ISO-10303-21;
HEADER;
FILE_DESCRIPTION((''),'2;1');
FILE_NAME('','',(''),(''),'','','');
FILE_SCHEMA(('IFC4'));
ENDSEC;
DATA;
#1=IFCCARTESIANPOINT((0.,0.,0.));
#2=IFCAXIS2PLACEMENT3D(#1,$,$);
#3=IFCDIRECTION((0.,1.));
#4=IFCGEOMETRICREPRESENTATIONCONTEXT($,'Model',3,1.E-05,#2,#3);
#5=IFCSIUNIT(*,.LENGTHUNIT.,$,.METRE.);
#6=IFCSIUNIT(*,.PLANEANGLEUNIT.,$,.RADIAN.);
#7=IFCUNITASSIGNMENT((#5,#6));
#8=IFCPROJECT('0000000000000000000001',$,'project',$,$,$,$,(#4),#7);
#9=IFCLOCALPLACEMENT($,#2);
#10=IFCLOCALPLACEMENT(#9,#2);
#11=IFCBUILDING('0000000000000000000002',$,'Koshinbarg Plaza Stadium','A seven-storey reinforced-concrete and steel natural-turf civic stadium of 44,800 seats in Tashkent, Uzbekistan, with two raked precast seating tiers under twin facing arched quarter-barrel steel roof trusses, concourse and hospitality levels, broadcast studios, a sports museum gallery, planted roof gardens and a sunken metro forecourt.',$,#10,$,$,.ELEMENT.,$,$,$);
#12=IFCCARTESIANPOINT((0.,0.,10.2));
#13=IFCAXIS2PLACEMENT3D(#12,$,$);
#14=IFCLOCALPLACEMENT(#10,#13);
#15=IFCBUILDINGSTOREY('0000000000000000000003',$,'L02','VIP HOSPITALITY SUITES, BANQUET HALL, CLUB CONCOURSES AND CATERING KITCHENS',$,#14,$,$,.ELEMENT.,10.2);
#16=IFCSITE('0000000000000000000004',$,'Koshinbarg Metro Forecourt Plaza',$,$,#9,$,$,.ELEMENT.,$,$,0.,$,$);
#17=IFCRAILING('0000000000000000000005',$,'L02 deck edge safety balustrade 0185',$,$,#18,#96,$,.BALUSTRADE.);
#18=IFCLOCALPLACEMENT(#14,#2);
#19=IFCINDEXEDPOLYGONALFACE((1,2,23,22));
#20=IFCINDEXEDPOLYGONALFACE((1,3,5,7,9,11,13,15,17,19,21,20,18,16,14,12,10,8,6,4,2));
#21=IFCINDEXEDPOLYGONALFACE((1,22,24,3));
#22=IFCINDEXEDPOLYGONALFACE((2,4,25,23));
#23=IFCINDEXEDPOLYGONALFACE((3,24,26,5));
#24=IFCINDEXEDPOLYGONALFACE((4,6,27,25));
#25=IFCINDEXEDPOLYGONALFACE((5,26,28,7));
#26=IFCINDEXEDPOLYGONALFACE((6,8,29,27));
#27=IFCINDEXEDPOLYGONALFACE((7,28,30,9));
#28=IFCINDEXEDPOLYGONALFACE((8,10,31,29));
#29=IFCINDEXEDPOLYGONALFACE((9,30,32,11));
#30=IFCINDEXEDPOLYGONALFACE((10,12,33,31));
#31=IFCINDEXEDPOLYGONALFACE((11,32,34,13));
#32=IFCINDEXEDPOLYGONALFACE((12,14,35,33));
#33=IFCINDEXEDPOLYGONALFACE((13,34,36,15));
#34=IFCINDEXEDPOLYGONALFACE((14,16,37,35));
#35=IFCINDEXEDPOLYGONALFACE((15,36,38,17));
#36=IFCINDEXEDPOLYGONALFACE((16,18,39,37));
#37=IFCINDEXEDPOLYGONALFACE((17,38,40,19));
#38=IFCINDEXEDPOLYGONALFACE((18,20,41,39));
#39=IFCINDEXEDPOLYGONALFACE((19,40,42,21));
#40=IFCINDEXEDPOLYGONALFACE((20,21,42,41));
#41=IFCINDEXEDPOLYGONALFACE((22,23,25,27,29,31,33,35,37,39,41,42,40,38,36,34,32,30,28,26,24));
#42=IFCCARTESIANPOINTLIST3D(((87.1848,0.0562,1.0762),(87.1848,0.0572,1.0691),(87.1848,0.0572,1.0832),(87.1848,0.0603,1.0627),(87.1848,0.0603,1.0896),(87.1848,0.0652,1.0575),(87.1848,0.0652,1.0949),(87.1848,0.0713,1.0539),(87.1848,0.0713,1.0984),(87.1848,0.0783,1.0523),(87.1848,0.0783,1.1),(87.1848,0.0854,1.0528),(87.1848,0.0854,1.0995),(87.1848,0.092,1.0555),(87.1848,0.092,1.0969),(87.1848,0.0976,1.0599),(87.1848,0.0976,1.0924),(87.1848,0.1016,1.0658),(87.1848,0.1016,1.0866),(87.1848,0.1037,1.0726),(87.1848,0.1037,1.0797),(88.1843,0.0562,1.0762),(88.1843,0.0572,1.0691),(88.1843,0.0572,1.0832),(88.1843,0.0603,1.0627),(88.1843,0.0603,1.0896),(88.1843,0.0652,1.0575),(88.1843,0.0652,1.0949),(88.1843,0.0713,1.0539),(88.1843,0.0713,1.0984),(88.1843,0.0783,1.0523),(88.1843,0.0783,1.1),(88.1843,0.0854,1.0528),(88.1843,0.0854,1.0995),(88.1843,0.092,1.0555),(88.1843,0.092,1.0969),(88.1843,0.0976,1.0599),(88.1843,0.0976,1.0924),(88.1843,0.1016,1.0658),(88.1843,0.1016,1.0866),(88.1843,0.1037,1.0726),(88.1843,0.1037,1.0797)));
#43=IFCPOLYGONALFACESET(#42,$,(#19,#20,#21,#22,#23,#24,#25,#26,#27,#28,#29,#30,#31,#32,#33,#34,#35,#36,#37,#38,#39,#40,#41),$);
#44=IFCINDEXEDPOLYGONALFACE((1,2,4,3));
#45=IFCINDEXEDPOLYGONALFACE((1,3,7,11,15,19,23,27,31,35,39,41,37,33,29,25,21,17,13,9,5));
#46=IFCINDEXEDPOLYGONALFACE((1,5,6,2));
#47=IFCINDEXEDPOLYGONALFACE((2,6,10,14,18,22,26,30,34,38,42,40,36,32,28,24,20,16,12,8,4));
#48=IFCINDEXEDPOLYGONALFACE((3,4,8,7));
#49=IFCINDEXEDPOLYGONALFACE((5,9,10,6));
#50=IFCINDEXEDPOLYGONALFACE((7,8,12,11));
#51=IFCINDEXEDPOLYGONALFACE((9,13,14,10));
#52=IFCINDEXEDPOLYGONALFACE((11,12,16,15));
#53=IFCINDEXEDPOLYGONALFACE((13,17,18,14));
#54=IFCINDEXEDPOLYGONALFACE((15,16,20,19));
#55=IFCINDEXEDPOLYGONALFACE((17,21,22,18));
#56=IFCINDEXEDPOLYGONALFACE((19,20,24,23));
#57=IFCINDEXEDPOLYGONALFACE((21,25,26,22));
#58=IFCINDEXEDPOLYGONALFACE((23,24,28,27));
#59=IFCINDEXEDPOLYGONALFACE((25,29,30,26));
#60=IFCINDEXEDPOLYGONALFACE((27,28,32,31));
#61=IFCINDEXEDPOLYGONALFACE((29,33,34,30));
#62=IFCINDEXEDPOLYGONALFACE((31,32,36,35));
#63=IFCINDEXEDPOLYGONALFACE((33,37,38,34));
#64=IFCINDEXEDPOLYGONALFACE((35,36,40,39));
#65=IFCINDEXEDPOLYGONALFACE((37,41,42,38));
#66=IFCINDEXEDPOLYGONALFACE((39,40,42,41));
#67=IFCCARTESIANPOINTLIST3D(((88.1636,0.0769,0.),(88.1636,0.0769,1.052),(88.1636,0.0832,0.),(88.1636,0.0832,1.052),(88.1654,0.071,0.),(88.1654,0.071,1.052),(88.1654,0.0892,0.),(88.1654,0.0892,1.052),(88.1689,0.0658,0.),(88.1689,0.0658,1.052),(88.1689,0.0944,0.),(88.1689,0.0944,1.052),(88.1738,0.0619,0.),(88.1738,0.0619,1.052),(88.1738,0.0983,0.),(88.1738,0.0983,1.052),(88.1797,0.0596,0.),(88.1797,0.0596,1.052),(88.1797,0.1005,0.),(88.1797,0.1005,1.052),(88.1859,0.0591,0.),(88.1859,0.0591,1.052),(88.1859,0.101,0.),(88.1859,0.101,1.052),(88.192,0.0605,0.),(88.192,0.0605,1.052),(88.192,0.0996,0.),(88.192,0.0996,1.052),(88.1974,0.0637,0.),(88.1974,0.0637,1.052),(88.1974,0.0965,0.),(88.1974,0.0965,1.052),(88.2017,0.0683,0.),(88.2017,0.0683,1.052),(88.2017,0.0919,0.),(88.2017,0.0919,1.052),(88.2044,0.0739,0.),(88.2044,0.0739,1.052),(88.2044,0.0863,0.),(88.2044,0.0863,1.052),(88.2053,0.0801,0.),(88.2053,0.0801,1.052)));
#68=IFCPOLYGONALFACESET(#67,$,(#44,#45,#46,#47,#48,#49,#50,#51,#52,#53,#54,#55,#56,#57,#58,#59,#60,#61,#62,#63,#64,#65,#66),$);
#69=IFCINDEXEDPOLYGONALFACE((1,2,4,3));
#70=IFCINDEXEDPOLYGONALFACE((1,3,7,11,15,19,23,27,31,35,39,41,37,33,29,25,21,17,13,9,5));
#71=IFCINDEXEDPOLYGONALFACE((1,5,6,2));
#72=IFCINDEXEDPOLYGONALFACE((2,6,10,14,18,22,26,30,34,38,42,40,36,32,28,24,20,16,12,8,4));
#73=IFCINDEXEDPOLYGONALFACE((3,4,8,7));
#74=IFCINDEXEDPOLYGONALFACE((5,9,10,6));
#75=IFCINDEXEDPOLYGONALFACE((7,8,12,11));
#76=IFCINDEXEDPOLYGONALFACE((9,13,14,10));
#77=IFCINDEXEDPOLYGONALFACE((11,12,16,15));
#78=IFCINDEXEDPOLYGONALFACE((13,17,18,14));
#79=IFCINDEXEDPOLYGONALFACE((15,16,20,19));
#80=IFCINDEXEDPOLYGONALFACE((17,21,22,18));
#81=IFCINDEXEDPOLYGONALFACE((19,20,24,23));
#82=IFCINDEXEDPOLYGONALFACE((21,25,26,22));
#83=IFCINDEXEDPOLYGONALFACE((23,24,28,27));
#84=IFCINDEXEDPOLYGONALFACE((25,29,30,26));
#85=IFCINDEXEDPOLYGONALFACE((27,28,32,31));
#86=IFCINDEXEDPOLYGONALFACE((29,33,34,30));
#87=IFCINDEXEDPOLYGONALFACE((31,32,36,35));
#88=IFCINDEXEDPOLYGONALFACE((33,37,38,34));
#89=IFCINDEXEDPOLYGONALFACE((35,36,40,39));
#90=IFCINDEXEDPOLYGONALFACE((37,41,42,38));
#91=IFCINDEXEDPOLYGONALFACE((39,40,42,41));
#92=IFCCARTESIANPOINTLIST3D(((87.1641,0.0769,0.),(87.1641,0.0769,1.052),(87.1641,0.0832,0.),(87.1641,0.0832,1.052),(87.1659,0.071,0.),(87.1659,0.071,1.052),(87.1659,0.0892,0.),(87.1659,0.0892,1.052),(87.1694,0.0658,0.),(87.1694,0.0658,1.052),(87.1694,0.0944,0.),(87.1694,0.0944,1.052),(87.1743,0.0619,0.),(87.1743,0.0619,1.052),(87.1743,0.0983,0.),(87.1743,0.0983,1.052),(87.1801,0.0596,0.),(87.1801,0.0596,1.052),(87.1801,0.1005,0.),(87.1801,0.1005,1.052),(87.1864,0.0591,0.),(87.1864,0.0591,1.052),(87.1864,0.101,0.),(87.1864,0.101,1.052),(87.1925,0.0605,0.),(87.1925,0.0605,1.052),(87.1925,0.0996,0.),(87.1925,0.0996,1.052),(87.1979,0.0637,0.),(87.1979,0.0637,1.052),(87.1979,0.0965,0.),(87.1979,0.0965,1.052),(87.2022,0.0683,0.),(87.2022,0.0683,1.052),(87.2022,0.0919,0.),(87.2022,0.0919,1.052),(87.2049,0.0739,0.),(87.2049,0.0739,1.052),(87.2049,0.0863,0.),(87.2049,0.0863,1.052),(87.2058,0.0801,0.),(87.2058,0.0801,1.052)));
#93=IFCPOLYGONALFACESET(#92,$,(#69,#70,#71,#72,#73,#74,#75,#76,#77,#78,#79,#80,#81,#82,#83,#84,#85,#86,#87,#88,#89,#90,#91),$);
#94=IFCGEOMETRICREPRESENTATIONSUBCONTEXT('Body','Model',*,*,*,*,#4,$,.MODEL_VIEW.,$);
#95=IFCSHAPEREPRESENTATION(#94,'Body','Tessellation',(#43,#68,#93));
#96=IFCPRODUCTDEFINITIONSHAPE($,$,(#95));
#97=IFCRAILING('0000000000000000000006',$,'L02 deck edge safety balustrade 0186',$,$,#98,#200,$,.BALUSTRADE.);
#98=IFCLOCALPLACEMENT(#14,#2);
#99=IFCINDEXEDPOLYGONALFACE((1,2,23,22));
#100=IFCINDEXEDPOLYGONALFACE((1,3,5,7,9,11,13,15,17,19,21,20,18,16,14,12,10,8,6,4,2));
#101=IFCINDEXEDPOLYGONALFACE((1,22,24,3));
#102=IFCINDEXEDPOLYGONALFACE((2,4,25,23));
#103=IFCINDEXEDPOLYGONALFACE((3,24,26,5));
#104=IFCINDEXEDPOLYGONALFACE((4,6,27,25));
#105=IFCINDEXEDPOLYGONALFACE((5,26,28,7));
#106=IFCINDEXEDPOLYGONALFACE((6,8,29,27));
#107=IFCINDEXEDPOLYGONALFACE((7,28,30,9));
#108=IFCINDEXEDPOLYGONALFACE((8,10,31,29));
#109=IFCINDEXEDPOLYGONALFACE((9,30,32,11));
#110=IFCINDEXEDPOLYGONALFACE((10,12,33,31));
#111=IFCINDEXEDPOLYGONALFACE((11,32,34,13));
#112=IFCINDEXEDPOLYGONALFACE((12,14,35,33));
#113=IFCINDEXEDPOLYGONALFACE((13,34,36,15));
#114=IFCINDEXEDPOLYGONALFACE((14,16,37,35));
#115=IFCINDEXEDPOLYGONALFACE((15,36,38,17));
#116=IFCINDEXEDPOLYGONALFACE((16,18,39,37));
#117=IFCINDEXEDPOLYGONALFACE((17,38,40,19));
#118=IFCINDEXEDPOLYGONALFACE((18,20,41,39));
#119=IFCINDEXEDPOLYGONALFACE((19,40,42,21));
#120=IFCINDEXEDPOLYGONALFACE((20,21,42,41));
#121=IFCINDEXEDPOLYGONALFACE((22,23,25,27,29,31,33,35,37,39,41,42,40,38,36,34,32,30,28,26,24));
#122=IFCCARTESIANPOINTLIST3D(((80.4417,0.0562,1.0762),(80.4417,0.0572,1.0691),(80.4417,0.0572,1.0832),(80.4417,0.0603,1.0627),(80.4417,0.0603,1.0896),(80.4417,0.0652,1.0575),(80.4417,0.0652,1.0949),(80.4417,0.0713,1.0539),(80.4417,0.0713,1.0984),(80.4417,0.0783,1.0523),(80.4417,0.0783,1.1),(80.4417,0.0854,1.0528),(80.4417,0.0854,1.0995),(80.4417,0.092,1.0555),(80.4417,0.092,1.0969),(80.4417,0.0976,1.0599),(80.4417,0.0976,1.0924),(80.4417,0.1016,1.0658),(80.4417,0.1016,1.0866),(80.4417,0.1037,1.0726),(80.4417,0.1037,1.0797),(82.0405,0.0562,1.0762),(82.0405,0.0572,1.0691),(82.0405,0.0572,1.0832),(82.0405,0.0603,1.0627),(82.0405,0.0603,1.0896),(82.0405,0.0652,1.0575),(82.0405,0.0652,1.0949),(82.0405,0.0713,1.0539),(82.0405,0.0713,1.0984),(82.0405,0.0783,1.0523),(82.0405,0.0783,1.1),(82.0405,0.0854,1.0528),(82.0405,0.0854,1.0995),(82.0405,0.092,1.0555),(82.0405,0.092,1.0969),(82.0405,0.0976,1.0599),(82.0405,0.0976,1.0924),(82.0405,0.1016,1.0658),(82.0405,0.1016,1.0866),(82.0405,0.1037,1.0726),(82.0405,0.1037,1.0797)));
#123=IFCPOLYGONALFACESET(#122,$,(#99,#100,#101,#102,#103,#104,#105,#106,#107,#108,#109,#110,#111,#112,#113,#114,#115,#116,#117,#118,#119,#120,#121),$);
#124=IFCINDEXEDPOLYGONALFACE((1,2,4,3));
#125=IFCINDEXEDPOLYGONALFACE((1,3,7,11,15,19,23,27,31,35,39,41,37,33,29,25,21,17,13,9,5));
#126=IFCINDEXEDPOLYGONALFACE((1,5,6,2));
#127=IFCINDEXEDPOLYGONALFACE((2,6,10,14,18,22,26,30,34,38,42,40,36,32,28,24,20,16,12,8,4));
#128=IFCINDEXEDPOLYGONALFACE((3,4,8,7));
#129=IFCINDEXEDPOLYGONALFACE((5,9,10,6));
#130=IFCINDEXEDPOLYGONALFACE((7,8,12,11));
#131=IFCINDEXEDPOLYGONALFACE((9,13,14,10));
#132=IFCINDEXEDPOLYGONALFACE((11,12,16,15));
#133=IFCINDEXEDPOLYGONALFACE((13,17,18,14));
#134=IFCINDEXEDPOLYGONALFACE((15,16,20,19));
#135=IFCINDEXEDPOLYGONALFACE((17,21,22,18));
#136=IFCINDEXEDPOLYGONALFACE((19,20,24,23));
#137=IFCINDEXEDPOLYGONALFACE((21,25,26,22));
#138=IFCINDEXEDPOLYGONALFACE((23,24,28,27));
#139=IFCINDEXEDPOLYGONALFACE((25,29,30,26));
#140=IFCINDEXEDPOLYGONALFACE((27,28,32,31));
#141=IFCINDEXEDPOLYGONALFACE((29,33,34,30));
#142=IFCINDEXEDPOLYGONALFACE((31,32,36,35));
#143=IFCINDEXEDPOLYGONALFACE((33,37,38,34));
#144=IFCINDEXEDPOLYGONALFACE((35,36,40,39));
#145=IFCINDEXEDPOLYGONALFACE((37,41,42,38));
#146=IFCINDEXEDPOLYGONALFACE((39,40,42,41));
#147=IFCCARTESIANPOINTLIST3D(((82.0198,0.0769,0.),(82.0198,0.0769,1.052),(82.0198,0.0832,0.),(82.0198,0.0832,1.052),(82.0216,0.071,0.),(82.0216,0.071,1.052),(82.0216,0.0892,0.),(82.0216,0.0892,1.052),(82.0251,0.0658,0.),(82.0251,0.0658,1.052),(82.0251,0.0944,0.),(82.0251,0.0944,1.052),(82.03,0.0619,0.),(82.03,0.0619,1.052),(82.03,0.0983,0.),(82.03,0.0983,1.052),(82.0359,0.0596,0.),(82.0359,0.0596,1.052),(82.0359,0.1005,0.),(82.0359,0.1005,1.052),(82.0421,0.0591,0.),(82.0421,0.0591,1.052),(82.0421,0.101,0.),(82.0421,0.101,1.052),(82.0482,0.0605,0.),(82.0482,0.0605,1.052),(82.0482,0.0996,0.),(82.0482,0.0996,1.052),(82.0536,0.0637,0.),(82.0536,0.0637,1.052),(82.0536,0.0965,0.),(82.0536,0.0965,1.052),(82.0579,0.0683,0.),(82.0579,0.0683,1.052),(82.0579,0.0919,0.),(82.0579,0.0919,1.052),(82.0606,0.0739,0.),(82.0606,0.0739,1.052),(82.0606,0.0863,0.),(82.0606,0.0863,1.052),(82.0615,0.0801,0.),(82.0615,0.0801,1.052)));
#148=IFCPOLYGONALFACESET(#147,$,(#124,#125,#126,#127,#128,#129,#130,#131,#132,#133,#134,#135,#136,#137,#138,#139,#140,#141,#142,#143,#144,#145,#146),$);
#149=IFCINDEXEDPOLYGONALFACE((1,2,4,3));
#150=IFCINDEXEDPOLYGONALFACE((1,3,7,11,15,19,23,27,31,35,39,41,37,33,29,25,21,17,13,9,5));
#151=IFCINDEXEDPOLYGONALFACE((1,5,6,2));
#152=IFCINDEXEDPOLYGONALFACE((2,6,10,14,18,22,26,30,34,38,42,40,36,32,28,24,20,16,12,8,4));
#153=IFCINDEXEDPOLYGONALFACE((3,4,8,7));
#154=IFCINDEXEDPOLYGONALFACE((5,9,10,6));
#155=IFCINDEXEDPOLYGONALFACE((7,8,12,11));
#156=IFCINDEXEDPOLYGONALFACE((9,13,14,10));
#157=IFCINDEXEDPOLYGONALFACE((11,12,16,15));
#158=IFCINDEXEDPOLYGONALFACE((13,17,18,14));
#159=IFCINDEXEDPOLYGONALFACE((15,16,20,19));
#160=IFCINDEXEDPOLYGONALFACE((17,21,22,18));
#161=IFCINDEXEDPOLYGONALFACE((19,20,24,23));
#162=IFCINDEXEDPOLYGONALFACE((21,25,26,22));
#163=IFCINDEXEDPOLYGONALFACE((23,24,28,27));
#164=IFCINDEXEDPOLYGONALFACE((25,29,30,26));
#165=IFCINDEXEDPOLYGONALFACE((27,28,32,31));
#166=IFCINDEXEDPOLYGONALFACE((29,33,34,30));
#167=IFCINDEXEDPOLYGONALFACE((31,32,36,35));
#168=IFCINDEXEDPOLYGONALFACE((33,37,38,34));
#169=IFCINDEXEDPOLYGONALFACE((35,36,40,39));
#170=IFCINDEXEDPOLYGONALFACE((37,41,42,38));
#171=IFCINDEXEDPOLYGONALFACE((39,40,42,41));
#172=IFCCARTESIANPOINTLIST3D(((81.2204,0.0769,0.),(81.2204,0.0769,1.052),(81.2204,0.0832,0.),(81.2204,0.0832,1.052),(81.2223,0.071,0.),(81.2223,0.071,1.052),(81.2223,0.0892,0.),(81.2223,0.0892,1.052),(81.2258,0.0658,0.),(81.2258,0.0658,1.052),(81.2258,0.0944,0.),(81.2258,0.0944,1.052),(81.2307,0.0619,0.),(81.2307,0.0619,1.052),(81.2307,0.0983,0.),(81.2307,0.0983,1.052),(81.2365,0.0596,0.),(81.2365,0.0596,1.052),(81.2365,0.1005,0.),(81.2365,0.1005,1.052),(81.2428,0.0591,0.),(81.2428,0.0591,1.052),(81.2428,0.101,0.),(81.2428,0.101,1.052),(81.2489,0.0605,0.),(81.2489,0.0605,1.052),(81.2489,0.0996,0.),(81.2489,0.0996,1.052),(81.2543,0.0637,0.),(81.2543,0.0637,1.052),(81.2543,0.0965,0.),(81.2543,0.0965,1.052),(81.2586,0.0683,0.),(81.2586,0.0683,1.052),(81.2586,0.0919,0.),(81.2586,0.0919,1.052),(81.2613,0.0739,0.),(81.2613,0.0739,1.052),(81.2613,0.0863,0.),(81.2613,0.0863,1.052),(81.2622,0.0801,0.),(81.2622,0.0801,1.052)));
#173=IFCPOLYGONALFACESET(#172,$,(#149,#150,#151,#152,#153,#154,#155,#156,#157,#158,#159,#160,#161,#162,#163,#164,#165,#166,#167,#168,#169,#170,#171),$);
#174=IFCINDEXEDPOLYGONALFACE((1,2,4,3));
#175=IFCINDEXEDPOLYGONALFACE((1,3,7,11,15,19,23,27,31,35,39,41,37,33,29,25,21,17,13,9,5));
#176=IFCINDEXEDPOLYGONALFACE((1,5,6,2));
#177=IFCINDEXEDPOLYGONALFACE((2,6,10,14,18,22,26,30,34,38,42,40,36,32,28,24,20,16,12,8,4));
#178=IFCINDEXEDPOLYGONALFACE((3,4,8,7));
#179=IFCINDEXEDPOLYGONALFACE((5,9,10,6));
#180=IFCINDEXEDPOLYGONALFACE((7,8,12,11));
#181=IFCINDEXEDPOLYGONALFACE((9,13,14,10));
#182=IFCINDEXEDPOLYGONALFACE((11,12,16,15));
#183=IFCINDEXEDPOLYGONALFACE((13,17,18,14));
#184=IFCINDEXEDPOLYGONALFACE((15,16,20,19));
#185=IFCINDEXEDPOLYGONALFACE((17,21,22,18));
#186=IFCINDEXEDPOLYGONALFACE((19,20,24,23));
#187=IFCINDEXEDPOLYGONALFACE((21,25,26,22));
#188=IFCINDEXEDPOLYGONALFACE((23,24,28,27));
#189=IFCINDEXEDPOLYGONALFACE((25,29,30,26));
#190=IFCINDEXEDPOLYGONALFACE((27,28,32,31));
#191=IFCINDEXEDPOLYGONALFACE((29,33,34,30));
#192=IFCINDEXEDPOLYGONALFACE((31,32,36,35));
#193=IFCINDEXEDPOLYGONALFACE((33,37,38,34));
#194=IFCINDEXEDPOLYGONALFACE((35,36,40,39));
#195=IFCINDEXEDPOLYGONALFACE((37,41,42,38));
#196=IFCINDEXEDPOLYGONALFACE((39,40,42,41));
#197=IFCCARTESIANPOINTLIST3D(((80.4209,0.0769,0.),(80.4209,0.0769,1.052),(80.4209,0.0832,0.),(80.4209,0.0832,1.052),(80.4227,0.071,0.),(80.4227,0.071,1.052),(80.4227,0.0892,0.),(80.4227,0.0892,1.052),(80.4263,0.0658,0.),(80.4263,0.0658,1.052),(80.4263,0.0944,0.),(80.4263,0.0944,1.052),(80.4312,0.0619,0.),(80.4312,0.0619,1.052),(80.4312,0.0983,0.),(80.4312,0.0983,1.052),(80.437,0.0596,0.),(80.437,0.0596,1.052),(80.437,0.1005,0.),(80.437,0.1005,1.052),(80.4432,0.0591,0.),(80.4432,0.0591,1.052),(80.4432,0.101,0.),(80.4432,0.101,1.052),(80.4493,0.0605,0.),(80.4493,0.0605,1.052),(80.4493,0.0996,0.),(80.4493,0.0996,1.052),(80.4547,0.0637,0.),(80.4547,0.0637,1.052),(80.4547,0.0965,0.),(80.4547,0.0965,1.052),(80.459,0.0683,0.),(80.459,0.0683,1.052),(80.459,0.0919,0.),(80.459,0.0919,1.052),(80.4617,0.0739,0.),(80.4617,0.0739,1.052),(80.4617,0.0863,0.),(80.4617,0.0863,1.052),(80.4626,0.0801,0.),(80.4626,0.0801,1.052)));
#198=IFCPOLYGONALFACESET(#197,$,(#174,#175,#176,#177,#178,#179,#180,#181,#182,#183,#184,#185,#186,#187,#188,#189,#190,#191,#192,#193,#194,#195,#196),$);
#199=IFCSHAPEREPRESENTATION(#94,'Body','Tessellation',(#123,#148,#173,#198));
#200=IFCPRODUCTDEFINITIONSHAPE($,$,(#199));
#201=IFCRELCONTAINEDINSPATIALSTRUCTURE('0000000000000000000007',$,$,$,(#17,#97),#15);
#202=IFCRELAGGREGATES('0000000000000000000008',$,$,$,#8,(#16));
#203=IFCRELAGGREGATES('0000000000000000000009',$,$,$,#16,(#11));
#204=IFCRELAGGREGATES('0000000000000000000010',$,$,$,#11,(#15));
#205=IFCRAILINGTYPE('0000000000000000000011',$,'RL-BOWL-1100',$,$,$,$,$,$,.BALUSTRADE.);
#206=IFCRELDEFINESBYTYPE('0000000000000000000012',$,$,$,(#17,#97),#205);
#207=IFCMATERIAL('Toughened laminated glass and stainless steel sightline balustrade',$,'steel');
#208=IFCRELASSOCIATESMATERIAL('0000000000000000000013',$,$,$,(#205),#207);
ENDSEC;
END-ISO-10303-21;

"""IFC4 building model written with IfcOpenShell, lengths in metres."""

from ifc_helpers import new_model, si_unit, direction, frame, origin, origin_2d, place, context, subcontext, project, spatial, circle, extrude, material, type_object, element, save


model = new_model("IFC4")

# Units and contexts
model_context = context("Model", 3, precision=1e-05, world=origin(), true_north=direction((0.0, 1.0)))
body_context = subcontext(model_context, "Body", "Model", "MODEL_VIEW")
ifc_project = project(units=[si_unit("LENGTHUNIT", "METRE"), si_unit("PLANEANGLEUNIT", "RADIAN")], contexts=[model_context])

# Site, building, storey
site_placement = place(None, origin())
site = spatial("IfcSite", under=ifc_project, at=site_placement, Name="Koshinbarg Metro Forecourt Plaza", CompositionType="ELEMENT", RefElevation=0.0)
building_placement = place(site_placement, origin())
building = spatial("IfcBuilding", under=site, at=building_placement, Name="Koshinbarg Plaza Stadium", Description="A seven-storey reinforced-concrete and steel natural-turf civic stadium of 44,800 seats in Tashkent, Uzbekistan, with two raked precast seating tiers under twin facing arched quarter-barrel steel roof trusses, concourse and hospitality levels, broadcast studios, a sports museum gallery, planted roof gardens and a sunken metro forecourt.", CompositionType="ELEMENT")
storey_placement = place(building_placement, frame((0.0, 0.0, 10.2)))
storey = spatial("IfcBuildingStorey", under=building, at=storey_placement, Name="L02", Description="VIP HOSPITALITY SUITES, BANQUET HALL, CLUB CONCOURSES AND CATERING KITCHENS", CompositionType="ELEMENT", Elevation=10.2)

# Railings
ifc_material_1 = material(Name="Toughened laminated glass and stainless steel sightline balustrade", Category="steel")
railing_type = type_object("IfcRailingType", Name="RL-BOWL-1100", PredefinedType="BALUSTRADE", material=ifc_material_1)
railing_1_placement = place(storey_placement, frame((88.1843, 0.0801, 0.0)))
element("IfcRailing", 1, at=railing_1_placement, inside=storey, type_object=railing_type, Name="L02 deck edge safety balustrade 0185", PredefinedType="BALUSTRADE", context=body_context, shape_type="SweptSolid", body=[
    extrude(circle(Radius=0.0239, at=origin_2d()), frame((0.0, 0.0, 1.0762), z_axis=(-1.0, 0.0, 0.0), x_axis=(0.0, -1.0, 0.0)), (0.0, 0.0, 1.0), 0.9995),
    extrude(circle(Radius=0.021, at=origin_2d()), origin(), (0.0, 0.0, 1.0), 1.052),
    extrude(circle(Radius=0.021, at=origin_2d()), frame((-0.9995, 0.0, 0.0)), (0.0, 0.0, 1.0), 1.052),
])
railing_2_placement = place(storey_placement, frame((82.0405, 0.0801, 0.0)))
element("IfcRailing", 2, at=railing_2_placement, inside=storey, type_object=railing_type, Name="L02 deck edge safety balustrade 0186", PredefinedType="BALUSTRADE", context=body_context, shape_type="SweptSolid", body=[
    extrude(circle(Radius=0.0239, at=origin_2d()), frame((0.0, 0.0, 1.0762), z_axis=(-1.0, 0.0, 0.0), x_axis=(0.0, -1.0, 0.0)), (0.0, 0.0, 1.0), 1.5989),
    extrude(circle(Radius=0.021, at=origin_2d()), origin(), (0.0, 0.0, 1.0), 1.052),
    extrude(circle(Radius=0.021, at=origin_2d()), frame((-0.7993, 0.0, 0.0)), (0.0, 0.0, 1.0), 1.052),
    extrude(circle(Radius=0.021, at=origin_2d()), frame((-1.5989, 0.0, 0.0)), (0.0, 0.0, 1.0), 1.052),
])

save(model, "model.ifc")
